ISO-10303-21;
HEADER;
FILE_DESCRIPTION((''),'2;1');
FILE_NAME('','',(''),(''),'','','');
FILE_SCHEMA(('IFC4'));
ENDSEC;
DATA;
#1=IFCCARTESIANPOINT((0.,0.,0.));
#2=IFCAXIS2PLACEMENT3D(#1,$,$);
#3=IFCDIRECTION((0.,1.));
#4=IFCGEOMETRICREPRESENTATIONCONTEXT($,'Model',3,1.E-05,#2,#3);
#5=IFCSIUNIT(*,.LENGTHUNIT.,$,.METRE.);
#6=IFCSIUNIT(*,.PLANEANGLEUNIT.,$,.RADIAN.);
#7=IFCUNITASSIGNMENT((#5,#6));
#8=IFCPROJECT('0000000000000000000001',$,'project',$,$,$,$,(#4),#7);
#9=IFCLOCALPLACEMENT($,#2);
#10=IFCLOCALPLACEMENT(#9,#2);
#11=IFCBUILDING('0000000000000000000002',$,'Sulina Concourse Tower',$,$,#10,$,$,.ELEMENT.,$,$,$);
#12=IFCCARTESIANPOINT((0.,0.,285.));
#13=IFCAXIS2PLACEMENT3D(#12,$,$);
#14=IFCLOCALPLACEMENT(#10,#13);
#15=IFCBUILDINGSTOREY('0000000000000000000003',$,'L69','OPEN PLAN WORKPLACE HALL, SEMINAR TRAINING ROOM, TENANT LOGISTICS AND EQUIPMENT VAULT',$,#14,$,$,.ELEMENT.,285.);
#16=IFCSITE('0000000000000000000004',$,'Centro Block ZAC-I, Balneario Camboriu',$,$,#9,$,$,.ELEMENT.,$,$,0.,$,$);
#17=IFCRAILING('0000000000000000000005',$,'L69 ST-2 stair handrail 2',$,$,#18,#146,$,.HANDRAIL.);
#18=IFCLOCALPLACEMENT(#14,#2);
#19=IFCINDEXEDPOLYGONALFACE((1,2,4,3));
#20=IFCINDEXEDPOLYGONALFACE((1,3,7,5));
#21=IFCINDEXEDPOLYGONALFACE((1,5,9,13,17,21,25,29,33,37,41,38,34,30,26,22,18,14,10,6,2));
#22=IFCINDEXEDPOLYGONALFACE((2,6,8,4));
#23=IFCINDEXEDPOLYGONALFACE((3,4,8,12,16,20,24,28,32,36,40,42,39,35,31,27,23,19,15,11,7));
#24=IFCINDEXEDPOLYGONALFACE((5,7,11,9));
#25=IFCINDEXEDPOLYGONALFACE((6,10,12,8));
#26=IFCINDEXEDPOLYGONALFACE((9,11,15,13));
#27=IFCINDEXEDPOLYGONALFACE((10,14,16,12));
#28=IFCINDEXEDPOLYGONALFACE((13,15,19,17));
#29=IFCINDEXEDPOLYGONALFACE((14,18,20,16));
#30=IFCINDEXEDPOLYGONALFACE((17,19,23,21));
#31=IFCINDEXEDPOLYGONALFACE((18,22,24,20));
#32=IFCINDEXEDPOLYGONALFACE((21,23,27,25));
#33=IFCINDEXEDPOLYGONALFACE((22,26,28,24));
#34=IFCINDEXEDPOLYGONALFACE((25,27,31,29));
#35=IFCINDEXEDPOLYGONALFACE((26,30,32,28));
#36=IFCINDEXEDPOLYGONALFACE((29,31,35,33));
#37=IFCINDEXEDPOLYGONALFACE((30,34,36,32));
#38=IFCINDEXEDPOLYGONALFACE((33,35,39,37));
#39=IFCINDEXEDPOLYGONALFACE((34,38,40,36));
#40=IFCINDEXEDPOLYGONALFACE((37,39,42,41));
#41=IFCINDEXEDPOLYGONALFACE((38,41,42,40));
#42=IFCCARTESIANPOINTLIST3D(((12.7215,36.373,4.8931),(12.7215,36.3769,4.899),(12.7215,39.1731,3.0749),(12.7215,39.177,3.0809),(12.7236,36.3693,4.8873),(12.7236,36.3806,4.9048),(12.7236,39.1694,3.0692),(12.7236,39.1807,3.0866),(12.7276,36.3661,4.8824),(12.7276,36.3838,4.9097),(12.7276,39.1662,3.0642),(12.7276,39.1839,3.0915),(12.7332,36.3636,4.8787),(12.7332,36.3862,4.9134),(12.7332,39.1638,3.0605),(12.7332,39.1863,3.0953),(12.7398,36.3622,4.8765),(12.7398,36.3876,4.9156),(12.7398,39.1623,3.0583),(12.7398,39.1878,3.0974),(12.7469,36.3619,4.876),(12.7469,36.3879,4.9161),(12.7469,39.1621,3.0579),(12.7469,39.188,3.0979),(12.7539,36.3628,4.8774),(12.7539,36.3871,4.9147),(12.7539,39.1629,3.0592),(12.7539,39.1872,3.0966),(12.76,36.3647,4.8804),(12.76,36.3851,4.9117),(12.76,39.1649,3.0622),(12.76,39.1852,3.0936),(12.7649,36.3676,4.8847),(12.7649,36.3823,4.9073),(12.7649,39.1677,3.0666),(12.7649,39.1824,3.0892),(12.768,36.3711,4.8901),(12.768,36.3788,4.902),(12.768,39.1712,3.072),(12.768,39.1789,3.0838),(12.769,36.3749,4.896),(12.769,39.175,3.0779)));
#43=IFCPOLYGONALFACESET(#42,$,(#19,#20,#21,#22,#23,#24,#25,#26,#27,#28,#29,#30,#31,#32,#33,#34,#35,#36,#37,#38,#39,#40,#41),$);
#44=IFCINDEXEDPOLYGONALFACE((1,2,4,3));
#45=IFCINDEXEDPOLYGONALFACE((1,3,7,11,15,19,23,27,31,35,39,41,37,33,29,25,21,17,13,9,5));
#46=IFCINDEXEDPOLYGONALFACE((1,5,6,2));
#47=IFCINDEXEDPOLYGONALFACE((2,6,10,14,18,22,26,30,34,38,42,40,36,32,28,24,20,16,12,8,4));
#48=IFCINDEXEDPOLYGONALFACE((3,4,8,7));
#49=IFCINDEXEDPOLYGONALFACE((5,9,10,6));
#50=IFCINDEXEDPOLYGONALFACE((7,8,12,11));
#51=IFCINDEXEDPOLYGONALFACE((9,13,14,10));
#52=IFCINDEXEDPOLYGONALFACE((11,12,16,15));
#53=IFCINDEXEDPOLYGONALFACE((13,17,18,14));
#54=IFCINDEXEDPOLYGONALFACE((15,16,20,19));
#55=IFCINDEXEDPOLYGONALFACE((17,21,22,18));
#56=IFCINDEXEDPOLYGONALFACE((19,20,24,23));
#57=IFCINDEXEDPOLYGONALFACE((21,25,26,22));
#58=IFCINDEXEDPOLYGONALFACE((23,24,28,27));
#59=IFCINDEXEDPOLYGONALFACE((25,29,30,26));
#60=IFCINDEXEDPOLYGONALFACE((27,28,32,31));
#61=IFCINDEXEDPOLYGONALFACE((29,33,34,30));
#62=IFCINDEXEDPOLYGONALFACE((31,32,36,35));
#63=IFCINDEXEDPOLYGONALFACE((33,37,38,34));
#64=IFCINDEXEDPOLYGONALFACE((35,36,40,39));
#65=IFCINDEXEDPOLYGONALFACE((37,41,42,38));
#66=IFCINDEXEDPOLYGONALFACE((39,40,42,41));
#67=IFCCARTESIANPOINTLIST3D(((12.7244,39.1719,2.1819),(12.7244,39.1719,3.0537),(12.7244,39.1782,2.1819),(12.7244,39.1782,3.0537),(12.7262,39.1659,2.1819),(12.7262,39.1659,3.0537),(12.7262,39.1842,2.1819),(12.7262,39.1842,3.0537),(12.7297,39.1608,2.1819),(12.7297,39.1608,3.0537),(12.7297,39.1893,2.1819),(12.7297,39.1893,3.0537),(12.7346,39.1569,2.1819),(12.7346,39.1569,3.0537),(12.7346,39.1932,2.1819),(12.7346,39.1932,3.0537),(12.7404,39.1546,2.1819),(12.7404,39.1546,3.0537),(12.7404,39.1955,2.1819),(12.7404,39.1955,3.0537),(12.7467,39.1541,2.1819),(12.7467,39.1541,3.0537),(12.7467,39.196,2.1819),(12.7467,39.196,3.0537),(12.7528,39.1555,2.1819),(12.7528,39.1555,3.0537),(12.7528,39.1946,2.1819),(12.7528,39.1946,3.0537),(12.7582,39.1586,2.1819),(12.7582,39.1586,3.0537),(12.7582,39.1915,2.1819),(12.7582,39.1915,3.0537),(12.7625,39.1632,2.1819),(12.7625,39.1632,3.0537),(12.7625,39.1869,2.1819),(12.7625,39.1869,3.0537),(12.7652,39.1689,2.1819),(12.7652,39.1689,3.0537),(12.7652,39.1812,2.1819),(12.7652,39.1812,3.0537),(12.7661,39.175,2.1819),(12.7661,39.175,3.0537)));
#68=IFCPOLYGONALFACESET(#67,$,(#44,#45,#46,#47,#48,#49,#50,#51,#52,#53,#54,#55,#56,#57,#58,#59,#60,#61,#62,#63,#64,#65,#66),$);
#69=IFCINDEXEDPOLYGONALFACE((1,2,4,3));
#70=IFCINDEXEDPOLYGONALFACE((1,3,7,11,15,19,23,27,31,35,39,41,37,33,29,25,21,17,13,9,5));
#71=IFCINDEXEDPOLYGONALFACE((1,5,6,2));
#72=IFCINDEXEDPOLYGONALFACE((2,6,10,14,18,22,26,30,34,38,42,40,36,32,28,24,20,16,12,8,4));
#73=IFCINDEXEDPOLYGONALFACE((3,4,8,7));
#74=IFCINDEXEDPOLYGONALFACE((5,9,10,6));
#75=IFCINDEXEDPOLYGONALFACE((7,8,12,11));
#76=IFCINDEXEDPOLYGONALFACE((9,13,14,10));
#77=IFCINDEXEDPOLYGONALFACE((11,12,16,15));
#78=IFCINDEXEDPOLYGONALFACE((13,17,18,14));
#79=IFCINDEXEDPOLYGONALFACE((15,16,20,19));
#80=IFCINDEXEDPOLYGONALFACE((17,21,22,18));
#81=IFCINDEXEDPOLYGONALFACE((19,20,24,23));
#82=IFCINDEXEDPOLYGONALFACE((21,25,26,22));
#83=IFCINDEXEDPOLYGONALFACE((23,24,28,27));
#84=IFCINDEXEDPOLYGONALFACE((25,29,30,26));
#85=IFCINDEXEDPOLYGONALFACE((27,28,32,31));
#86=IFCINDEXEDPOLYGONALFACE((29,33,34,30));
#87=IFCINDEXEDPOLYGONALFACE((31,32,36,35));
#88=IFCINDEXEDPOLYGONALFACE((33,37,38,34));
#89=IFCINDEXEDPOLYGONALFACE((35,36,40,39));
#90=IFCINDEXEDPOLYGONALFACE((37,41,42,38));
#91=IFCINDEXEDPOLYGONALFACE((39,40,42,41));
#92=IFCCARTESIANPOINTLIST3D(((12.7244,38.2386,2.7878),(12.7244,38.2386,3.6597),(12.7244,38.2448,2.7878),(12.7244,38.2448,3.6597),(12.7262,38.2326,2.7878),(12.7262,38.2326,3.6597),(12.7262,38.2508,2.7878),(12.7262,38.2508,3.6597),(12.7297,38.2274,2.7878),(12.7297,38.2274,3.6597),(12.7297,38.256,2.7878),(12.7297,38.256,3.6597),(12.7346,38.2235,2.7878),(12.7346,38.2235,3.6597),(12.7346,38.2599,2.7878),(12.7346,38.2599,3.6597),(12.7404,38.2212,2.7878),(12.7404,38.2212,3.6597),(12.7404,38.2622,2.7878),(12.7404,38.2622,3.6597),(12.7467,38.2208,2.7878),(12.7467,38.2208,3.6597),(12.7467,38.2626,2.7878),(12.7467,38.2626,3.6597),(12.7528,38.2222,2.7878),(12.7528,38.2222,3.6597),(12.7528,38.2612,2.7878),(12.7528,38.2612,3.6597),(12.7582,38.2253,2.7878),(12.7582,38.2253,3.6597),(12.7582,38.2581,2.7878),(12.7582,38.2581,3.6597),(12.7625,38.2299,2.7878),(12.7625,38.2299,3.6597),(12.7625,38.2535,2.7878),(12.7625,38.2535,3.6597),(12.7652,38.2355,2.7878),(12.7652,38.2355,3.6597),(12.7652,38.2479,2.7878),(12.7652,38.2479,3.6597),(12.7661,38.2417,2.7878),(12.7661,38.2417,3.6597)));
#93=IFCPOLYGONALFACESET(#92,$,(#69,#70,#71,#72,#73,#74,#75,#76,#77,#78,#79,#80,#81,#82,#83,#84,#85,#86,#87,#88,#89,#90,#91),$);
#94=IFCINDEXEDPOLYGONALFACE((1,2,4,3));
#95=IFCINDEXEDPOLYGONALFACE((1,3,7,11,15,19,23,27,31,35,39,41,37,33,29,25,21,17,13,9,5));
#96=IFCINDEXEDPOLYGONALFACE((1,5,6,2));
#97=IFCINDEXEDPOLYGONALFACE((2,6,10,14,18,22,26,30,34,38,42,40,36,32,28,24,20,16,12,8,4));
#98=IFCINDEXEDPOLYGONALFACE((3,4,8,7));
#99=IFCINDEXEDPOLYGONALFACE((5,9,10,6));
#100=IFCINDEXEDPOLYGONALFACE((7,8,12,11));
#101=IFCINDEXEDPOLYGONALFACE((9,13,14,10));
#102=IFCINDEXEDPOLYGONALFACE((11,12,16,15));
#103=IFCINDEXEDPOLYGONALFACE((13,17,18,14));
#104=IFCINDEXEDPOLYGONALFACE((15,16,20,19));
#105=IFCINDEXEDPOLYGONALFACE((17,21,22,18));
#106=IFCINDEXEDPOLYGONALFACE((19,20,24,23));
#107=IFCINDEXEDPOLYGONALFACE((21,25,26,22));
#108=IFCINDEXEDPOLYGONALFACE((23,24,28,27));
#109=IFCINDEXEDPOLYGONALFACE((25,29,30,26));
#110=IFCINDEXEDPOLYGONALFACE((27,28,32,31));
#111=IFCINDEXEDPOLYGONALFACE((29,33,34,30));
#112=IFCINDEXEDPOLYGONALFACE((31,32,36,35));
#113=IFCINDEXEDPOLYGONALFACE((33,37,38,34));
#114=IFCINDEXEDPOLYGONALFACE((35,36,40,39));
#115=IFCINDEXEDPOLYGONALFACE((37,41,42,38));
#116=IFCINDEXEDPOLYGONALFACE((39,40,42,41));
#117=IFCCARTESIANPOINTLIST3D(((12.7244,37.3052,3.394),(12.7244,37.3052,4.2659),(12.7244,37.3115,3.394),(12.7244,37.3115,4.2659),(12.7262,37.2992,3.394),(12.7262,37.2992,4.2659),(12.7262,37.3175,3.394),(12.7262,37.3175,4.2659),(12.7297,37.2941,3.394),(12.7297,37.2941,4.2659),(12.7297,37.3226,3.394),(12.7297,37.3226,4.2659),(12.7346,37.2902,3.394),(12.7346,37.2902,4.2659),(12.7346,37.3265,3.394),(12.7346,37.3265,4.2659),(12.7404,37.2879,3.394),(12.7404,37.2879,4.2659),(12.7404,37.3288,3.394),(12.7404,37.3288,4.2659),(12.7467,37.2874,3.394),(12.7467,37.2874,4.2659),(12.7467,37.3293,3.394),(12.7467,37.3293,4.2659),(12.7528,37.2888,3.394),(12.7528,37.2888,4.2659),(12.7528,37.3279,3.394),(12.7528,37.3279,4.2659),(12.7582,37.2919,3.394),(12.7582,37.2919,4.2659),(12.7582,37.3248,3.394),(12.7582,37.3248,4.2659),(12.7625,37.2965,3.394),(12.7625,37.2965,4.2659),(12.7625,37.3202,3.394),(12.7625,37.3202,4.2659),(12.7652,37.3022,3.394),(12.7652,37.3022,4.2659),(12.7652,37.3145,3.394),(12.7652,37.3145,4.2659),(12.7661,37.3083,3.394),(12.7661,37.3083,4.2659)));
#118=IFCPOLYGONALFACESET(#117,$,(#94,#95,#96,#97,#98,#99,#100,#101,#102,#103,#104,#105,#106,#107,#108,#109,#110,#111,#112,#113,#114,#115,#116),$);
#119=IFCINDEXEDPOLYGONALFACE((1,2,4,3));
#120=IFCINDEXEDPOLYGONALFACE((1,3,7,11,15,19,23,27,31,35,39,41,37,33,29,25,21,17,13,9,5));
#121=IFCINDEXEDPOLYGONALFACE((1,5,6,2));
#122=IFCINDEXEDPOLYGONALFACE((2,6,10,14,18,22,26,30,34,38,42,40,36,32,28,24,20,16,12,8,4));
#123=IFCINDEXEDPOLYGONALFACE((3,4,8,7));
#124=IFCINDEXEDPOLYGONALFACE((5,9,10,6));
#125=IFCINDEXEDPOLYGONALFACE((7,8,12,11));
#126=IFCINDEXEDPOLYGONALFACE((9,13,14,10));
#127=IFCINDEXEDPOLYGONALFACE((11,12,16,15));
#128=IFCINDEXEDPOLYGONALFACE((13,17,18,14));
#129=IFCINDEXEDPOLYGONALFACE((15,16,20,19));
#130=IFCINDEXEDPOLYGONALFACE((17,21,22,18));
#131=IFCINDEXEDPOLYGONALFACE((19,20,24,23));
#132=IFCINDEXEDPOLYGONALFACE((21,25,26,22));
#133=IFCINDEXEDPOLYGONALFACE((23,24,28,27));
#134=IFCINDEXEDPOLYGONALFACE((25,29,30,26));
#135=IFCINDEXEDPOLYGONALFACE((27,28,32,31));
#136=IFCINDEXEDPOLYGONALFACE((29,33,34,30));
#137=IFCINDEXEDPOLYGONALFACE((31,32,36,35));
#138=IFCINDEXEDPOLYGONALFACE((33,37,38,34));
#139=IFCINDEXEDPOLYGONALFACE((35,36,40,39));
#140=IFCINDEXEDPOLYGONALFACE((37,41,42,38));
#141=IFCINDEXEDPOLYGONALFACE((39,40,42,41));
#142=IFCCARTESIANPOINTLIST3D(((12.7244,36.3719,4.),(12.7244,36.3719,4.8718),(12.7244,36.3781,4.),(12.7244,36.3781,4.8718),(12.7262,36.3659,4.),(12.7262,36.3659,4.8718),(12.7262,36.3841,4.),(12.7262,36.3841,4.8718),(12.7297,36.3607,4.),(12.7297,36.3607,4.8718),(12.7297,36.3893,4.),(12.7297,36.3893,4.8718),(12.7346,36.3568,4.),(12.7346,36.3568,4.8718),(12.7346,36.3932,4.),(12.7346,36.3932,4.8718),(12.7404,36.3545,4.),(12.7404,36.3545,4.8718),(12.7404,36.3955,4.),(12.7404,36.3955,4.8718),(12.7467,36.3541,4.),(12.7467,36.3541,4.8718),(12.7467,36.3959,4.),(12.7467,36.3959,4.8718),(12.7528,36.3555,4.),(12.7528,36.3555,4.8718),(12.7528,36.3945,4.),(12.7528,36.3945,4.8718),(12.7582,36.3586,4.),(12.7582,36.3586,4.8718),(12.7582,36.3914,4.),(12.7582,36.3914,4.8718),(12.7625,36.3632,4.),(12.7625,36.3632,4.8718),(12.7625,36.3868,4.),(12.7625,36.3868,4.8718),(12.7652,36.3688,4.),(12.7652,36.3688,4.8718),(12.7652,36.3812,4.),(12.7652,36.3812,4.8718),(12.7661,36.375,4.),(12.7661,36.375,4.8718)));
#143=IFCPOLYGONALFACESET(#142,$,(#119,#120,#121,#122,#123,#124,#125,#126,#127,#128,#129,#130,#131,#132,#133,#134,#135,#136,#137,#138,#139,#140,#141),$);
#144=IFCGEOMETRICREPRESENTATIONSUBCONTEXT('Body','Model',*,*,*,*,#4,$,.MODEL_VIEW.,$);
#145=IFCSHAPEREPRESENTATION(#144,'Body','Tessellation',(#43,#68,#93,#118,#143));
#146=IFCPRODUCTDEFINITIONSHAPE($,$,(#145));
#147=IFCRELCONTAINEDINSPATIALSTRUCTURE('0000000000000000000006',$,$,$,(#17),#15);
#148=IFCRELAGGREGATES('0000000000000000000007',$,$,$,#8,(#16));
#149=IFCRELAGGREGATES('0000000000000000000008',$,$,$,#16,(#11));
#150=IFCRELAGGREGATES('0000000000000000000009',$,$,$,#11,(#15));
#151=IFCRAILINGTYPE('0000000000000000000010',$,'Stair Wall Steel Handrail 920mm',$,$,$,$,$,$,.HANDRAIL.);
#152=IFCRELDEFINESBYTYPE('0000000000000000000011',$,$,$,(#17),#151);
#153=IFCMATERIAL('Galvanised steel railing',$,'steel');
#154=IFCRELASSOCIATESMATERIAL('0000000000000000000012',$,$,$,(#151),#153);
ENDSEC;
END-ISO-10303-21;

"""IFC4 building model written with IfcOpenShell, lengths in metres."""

from ifc_helpers import new_model, si_unit, direction, frame, origin, origin_2d, place, context, subcontext, project, spatial, circle, extrude, material, type_object, element, save


model = new_model("IFC4")

# Units and contexts
model_context = context("Model", 3, precision=1e-05, world=origin(), true_north=direction((0.0, 1.0)))
body_context = subcontext(model_context, "Body", "Model", "MODEL_VIEW")
ifc_project = project(units=[si_unit("LENGTHUNIT", "METRE"), si_unit("PLANEANGLEUNIT", "RADIAN")], contexts=[model_context])

# Site, building, storey
site_placement = place(None, origin())
site = spatial("IfcSite", under=ifc_project, at=site_placement, Name="Centro Block ZAC-I, Balneario Camboriu", CompositionType="ELEMENT", RefElevation=0.0)
building_placement = place(site_placement, origin())
building = spatial("IfcBuilding", under=site, at=building_placement, Name="Sulina Concourse Tower", CompositionType="ELEMENT")
storey_placement = place(building_placement, frame((0.0, 0.0, 285.0)))
storey = spatial("IfcBuildingStorey", under=building, at=storey_placement, Name="L69", Description="OPEN PLAN WORKPLACE HALL, SEMINAR TRAINING ROOM, TENANT LOGISTICS AND EQUIPMENT VAULT", CompositionType="ELEMENT", Elevation=285.0)

# Railing
ifc_material_1 = material(Name="Galvanised steel railing", Category="steel")
railing_type_1 = type_object("IfcRailingType", Name="Stair Wall Steel Handrail 920mm", PredefinedType="HANDRAIL", material=ifc_material_1)
railing_1_placement = place(storey_placement, frame((12.7451, 39.175, 2.1819)))
element("IfcRailing", 1, at=railing_1_placement, inside=storey, type_object=railing_type_1, Name="L69 ST-2 stair handrail 2", PredefinedType="HANDRAIL", context=body_context, shape_type="SweptSolid", body=[
    extrude(circle(Radius=0.0239, at=origin_2d()), frame((0.0, 0.0, 0.896), z_axis=(0.0, -0.838706, 0.544585), x_axis=(1.0, 0.0, 0.0)), (0.0, 0.0, 1.0), 3.3386),
    extrude(circle(Radius=0.021, at=origin_2d()), origin(), (0.0, 0.0, 1.0), 0.8718),
    extrude(circle(Radius=0.021, at=origin_2d()), frame((0.0, -0.9333, 0.606)), (0.0, 0.0, 1.0), 0.8718),
    extrude(circle(Radius=0.021, at=origin_2d()), frame((0.0, -1.8667, 1.2122)), (0.0, 0.0, 1.0), 0.8718),
    extrude(circle(Radius=0.021, at=origin_2d()), frame((0.0, -2.8, 1.8181)), (0.0, 0.0, 1.0), 0.8718),
])

save(model, "model.ifc")
